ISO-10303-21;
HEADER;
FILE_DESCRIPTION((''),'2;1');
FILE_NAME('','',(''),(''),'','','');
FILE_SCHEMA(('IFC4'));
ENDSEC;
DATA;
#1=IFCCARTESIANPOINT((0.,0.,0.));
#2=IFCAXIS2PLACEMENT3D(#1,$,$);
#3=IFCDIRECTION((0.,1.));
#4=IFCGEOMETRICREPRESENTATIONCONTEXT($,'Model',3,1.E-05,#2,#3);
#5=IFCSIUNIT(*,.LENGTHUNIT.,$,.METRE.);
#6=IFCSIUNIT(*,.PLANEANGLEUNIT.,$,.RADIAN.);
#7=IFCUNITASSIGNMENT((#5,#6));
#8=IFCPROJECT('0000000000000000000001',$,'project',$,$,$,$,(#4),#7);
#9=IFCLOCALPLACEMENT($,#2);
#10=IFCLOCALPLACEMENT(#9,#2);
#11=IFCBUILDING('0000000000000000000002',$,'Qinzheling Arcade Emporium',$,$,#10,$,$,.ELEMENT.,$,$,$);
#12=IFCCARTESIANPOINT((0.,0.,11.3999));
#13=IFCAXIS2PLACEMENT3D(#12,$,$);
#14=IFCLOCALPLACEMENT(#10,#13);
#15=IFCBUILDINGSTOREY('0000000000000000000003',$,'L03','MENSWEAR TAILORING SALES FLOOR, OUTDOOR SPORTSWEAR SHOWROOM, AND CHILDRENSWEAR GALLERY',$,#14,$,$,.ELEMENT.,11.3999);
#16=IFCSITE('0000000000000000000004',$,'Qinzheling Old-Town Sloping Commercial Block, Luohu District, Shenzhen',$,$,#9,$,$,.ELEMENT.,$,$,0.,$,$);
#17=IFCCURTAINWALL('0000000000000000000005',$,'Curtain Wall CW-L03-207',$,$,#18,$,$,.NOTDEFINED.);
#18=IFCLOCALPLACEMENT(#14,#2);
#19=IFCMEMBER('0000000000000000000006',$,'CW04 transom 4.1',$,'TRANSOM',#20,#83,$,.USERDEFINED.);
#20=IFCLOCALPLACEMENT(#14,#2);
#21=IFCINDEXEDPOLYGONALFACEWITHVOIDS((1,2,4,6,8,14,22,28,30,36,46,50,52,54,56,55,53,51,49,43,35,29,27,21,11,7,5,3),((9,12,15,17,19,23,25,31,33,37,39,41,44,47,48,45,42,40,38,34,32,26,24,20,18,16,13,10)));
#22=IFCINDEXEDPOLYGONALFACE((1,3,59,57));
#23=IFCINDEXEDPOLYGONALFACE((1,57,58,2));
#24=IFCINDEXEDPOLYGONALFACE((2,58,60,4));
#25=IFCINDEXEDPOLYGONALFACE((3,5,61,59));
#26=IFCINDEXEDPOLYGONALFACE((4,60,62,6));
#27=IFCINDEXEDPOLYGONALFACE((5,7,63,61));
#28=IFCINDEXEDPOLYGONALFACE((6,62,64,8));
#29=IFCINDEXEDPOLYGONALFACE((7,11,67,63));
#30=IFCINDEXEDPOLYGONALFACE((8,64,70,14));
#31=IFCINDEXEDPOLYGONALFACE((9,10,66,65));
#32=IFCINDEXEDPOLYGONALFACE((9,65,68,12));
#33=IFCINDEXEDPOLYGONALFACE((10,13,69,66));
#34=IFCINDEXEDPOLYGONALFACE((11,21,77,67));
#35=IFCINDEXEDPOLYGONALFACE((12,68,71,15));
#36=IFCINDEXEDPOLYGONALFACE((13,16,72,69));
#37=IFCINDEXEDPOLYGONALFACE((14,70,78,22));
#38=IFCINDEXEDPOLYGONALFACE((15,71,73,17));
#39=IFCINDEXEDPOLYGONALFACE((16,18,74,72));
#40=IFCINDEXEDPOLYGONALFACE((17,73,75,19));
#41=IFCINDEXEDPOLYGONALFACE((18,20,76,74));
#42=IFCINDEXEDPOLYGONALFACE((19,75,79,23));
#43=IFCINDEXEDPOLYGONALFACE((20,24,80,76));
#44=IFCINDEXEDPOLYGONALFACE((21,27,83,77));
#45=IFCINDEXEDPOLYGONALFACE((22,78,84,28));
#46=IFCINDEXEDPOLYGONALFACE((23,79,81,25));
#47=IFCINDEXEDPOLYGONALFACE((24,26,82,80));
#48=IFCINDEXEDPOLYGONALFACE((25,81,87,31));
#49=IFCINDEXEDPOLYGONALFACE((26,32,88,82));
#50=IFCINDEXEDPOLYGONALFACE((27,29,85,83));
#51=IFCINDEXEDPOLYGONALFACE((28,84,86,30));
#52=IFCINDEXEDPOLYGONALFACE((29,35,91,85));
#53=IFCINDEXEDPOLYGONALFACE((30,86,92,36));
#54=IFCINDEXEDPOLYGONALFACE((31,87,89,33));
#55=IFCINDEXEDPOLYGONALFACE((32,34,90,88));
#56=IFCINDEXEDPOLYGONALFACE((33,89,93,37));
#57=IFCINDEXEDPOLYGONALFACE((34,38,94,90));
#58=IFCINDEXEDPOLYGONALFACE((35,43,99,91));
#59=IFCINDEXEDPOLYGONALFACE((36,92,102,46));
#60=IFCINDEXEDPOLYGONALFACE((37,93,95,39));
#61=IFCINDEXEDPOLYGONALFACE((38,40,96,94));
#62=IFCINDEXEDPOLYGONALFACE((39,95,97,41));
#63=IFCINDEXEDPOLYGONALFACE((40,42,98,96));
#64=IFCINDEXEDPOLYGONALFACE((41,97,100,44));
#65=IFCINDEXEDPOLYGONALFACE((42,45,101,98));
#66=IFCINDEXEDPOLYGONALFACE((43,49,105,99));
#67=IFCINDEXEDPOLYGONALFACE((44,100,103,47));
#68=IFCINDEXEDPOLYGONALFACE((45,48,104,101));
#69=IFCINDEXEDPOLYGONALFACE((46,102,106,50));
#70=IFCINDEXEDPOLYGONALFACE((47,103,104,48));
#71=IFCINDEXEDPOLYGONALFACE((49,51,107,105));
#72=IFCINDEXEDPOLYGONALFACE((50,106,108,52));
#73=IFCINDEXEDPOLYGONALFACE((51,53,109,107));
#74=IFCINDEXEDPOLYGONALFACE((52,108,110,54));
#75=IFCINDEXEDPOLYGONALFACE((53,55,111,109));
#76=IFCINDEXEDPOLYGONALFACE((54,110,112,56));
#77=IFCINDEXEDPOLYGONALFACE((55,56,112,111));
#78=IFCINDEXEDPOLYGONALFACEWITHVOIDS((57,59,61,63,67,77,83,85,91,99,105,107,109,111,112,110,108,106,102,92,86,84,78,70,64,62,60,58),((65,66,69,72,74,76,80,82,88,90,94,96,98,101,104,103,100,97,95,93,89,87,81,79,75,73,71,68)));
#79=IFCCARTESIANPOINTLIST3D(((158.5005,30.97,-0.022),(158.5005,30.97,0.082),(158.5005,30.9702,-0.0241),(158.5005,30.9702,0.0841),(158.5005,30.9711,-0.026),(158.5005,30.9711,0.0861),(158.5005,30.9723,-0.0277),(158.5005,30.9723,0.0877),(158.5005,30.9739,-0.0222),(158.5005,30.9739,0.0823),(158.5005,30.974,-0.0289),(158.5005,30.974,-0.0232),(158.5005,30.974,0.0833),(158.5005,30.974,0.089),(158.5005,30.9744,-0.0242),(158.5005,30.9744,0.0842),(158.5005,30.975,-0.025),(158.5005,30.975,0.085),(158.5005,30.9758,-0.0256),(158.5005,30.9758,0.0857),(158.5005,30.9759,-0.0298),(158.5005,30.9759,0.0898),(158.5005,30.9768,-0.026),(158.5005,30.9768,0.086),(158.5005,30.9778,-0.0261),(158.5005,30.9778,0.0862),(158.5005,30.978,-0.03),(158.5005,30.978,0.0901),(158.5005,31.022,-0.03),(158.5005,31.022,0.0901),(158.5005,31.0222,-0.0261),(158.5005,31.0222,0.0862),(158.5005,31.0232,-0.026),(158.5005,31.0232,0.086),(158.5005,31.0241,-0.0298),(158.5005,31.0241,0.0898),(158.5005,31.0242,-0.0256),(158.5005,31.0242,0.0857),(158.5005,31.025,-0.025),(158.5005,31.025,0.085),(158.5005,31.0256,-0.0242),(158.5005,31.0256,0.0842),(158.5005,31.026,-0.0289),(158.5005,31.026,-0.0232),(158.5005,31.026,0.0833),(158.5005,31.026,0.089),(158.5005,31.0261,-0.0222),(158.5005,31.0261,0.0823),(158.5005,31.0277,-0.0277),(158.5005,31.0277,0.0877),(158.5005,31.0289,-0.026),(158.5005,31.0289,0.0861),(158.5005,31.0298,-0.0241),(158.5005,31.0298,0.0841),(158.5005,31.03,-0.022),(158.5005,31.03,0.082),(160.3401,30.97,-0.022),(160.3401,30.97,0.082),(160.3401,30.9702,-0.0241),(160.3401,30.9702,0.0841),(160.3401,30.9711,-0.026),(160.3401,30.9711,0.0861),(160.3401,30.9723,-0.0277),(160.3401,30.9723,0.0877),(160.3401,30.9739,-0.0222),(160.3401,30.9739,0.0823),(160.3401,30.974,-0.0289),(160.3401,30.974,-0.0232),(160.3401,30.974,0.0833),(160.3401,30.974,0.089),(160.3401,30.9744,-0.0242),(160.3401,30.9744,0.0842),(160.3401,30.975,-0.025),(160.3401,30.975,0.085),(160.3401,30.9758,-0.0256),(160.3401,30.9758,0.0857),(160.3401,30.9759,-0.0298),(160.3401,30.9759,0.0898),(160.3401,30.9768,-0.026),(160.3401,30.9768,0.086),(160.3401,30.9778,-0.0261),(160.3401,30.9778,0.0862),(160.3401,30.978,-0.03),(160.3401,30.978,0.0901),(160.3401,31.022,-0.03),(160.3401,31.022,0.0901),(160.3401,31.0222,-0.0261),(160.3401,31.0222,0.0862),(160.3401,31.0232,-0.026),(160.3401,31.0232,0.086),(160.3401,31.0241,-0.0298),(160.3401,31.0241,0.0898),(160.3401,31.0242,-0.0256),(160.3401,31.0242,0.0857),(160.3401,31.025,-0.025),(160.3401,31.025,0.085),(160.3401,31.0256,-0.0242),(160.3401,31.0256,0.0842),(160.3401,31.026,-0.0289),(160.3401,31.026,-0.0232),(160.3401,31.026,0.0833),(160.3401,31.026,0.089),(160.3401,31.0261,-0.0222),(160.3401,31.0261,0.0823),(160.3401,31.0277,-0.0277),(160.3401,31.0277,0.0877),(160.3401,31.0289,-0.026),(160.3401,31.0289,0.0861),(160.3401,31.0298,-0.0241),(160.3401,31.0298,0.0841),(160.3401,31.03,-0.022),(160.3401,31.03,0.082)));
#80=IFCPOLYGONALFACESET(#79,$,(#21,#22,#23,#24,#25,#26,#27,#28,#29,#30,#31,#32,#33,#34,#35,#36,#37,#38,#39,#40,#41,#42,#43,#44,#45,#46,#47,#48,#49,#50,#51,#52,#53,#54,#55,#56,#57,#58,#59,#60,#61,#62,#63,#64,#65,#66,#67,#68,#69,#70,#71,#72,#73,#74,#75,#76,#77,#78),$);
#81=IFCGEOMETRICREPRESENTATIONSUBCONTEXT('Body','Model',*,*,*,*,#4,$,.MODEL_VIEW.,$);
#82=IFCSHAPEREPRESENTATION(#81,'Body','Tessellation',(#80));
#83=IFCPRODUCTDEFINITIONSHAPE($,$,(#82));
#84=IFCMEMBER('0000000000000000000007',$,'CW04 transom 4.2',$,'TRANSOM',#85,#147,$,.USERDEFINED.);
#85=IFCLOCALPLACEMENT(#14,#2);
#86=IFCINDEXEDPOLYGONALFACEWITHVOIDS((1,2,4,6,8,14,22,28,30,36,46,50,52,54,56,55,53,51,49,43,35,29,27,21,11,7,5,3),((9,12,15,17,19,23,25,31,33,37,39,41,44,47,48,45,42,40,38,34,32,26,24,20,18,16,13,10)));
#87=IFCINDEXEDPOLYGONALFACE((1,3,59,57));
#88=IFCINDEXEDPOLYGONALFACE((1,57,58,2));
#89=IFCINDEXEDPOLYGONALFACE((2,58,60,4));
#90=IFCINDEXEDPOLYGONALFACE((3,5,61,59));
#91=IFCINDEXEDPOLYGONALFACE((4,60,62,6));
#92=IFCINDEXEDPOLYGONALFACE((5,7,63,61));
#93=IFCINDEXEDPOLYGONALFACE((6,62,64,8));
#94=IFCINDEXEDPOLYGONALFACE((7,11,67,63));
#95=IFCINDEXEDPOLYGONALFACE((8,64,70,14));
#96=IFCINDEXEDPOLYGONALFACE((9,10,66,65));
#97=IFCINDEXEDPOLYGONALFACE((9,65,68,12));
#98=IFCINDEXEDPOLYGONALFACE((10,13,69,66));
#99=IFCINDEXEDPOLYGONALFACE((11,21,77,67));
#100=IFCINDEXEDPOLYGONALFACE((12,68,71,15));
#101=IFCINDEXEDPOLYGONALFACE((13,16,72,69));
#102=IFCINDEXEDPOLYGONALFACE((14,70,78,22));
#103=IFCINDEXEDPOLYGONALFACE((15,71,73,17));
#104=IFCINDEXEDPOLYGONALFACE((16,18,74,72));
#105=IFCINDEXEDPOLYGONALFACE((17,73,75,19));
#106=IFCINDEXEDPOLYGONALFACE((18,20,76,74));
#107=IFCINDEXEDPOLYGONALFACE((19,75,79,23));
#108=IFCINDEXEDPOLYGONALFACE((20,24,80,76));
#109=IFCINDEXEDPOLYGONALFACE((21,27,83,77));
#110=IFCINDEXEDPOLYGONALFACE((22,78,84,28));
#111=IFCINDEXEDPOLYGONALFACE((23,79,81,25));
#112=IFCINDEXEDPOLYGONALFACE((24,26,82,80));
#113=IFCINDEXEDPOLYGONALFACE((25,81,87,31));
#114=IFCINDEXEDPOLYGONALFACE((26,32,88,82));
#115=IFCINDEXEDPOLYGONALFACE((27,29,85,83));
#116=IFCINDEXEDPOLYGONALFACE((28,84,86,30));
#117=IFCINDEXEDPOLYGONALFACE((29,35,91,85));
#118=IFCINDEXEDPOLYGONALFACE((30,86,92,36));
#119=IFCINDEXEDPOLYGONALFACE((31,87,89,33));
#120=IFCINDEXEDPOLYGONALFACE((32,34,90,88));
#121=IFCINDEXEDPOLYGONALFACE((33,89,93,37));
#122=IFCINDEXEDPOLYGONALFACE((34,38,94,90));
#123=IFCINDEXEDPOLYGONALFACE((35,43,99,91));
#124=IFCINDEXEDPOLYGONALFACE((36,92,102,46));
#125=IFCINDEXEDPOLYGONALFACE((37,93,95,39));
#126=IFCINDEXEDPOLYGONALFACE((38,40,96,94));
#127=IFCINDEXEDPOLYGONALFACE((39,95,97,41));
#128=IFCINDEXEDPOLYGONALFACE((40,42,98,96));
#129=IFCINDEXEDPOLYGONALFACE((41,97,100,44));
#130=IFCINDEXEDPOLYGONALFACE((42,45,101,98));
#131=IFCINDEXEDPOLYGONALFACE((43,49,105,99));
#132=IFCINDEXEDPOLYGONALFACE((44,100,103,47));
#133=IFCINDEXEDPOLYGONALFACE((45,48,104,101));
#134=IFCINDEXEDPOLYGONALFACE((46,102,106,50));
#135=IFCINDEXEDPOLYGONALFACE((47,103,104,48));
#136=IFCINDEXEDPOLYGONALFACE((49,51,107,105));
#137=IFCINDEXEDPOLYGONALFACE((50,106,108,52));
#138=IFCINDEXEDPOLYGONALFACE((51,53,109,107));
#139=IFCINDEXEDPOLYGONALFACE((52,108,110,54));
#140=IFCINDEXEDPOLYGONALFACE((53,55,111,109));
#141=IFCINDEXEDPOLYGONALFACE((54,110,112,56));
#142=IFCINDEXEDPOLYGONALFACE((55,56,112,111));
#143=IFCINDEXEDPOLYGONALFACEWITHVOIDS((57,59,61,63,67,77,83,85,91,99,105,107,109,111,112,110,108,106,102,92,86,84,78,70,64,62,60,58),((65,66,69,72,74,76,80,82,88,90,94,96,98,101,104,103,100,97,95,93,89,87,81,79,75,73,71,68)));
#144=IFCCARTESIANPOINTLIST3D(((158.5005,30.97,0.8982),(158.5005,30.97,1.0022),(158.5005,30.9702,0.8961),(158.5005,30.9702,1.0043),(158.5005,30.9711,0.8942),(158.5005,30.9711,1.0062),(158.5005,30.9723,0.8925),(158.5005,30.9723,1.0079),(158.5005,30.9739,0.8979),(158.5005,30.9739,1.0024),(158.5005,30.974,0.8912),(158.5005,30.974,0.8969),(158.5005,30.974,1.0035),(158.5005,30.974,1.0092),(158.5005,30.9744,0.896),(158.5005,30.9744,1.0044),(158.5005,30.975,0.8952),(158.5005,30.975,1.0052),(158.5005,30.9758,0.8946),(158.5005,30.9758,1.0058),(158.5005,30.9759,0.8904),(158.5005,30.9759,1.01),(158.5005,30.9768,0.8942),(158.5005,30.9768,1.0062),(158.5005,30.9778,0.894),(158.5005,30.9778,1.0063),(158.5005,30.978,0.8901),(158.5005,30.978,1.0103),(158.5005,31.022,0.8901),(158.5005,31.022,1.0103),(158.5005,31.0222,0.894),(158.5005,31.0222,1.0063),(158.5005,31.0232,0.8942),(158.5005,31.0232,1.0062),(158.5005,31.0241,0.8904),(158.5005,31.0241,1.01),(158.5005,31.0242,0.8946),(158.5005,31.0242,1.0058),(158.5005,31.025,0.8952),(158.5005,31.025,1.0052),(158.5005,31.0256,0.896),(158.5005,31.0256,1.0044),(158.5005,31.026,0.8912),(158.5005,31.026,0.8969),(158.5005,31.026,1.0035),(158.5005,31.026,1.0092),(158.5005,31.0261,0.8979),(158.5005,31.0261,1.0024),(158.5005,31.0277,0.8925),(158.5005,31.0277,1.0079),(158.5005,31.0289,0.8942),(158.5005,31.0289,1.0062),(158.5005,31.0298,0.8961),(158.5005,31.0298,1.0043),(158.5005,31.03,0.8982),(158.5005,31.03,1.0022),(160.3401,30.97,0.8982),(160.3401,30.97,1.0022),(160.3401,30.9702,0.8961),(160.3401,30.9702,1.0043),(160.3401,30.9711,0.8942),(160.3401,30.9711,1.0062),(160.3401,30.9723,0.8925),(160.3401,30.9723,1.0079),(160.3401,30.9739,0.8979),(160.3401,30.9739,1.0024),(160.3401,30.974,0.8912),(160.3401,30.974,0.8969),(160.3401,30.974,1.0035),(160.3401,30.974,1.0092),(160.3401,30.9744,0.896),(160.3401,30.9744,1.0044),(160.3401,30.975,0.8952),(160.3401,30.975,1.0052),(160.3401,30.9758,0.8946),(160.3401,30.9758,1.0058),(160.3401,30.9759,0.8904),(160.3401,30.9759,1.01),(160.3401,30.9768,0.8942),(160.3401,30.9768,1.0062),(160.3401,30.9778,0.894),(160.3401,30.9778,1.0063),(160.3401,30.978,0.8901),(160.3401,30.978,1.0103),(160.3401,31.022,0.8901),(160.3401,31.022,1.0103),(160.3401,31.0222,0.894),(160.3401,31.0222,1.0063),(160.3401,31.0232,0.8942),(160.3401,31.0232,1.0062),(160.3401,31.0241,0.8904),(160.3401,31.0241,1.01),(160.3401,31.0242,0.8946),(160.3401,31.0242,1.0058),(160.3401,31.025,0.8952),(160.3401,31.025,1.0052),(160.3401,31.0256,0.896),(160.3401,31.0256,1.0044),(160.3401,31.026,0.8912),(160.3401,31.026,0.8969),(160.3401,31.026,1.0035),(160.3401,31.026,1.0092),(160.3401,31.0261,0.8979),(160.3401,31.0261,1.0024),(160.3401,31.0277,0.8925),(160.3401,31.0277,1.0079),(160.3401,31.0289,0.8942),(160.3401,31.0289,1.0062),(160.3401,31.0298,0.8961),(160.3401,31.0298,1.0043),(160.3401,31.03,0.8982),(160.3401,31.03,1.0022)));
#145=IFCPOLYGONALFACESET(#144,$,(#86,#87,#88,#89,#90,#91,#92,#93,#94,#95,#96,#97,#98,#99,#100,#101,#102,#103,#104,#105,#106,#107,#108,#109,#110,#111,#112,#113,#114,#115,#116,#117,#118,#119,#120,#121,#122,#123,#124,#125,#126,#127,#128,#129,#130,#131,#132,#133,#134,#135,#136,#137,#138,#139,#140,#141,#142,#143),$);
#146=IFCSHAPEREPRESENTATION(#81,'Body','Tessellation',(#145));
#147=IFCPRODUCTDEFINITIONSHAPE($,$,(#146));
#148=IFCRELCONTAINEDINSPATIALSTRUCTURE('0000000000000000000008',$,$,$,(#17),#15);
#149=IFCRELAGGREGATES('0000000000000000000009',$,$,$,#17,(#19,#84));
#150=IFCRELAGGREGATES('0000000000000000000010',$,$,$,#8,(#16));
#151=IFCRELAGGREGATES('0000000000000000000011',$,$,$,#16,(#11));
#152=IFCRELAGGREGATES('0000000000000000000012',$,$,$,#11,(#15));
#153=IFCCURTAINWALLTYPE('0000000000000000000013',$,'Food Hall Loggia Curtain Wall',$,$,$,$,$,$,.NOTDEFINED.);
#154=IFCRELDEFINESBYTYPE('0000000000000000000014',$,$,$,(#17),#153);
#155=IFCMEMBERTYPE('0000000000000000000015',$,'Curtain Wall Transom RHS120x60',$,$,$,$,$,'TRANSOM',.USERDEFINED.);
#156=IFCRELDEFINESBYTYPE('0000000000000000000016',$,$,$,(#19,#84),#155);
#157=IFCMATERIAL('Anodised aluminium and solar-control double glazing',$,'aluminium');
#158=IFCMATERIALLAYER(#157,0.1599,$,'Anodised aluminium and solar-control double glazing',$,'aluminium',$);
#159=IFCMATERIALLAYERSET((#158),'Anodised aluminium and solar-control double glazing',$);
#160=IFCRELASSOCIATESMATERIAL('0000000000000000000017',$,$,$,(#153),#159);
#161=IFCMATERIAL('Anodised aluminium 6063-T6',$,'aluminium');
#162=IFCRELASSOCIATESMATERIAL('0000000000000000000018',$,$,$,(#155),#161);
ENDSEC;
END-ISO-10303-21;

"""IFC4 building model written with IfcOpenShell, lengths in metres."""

from ifc_helpers import new_model, si_unit, direction, frame, origin, origin_2d, place, context, subcontext, project, spatial, hollow_rectangle, extrude, material, layer, layer_set, material_profile, profile_set, type_object, element, aggregate, save


model = new_model("IFC4")

# Units and contexts
model_context = context("Model", 3, precision=1e-05, world=origin(), true_north=direction((0.0, 1.0)))
body_context = subcontext(model_context, "Body", "Model", "MODEL_VIEW")
ifc_project = project(units=[si_unit("LENGTHUNIT", "METRE"), si_unit("PLANEANGLEUNIT", "RADIAN")], contexts=[model_context])

# Site, building, storey
site_placement = place(None, origin())
site = spatial("IfcSite", under=ifc_project, at=site_placement, Name="Qinzheling Old-Town Sloping Commercial Block, Luohu District, Shenzhen", CompositionType="ELEMENT", RefElevation=0.0)
building_placement = place(site_placement, origin())
building = spatial("IfcBuilding", under=site, at=building_placement, Name="Qinzheling Arcade Emporium", CompositionType="ELEMENT")
storey_placement = place(building_placement, frame((0.0, 0.0, 11.3999)))
storey = spatial("IfcBuildingStorey", under=building, at=storey_placement, Name="L03", Description="MENSWEAR TAILORING SALES FLOOR, OUTDOOR SPORTSWEAR SHOWROOM, AND CHILDRENSWEAR GALLERY", CompositionType="ELEMENT", Elevation=11.3999)

# Curtain wall, members
ifc_material_1 = material(Name="Anodised aluminium and solar-control double glazing", Category="aluminium")
ifc_layer_1 = layer(ifc_material_1, 0.1599, Name="Anodised aluminium and solar-control double glazing", Category="aluminium")
ifc_layer_set_1 = layer_set([ifc_layer_1], Name="Anodised aluminium and solar-control double glazing")
curtain_wall_type = type_object("IfcCurtainWallType", Name="Food Hall Loggia Curtain Wall", PredefinedType="NOTDEFINED", material=ifc_layer_set_1)
curtain_wall_placement = place(storey_placement, origin())
curtain_wall = element("IfcCurtainWall", 1, at=curtain_wall_placement, inside=storey, type_object=curtain_wall_type, Name="Curtain Wall CW-L03-207", PredefinedType="NOTDEFINED")
ifc_material_2 = material(Name="Anodised aluminium 6063-T6", Category="aluminium")
ifc_material_profile_1 = material_profile(ifc_material_2, hollow_rectangle(XDim=0.0601, YDim=0.1201, WallThickness=0.0039, InnerFilletRadius=0.0039, OuterFilletRadius=0.0081, at=origin_2d()), Name="RHS 120x60x4", Category="aluminium")
ifc_profile_set_1 = profile_set([ifc_material_profile_1], Name="Anodised aluminium 6063-T6")
member_type_1 = type_object("IfcMemberType", Name="Curtain Wall Transom RHS120x60", ElementType="TRANSOM", PredefinedType="USERDEFINED", material=ifc_profile_set_1)
member_1_placement = place(storey_placement, frame((158.5005, 31.0, 0.03), z_axis=(1.0, 0.0, 0.0), x_axis=(0.0, 1.0, 0.0)))
member_1 = element("IfcMember", 2, at=member_1_placement, type_object=member_type_1, Name="CW04 transom 4.1", ObjectType="TRANSOM", PredefinedType="USERDEFINED", context=body_context, shape_type="SweptSolid", body=[
    extrude(hollow_rectangle(XDim=0.0601, YDim=0.1201, WallThickness=0.0039, InnerFilletRadius=0.0039, OuterFilletRadius=0.0081, at=origin_2d()), origin(), (0.0, 0.0, 1.0), 1.8396),
])
member_2_placement = place(storey_placement, frame((158.5005, 31.0, 0.9502), z_axis=(1.0, 0.0, 0.0), x_axis=(0.0, 1.0, 0.0)))
member_2 = element("IfcMember", 3, at=member_2_placement, type_object=member_type_1, Name="CW04 transom 4.2", ObjectType="TRANSOM", PredefinedType="USERDEFINED", context=body_context, shape_type="SweptSolid", body=[
    extrude(hollow_rectangle(XDim=0.0601, YDim=0.1201, WallThickness=0.0039, InnerFilletRadius=0.0039, OuterFilletRadius=0.0081, at=origin_2d()), origin(), (0.0, 0.0, 1.0), 1.8396),
])
aggregate(curtain_wall, [member_1, member_2])

save(model, "model.ifc")
